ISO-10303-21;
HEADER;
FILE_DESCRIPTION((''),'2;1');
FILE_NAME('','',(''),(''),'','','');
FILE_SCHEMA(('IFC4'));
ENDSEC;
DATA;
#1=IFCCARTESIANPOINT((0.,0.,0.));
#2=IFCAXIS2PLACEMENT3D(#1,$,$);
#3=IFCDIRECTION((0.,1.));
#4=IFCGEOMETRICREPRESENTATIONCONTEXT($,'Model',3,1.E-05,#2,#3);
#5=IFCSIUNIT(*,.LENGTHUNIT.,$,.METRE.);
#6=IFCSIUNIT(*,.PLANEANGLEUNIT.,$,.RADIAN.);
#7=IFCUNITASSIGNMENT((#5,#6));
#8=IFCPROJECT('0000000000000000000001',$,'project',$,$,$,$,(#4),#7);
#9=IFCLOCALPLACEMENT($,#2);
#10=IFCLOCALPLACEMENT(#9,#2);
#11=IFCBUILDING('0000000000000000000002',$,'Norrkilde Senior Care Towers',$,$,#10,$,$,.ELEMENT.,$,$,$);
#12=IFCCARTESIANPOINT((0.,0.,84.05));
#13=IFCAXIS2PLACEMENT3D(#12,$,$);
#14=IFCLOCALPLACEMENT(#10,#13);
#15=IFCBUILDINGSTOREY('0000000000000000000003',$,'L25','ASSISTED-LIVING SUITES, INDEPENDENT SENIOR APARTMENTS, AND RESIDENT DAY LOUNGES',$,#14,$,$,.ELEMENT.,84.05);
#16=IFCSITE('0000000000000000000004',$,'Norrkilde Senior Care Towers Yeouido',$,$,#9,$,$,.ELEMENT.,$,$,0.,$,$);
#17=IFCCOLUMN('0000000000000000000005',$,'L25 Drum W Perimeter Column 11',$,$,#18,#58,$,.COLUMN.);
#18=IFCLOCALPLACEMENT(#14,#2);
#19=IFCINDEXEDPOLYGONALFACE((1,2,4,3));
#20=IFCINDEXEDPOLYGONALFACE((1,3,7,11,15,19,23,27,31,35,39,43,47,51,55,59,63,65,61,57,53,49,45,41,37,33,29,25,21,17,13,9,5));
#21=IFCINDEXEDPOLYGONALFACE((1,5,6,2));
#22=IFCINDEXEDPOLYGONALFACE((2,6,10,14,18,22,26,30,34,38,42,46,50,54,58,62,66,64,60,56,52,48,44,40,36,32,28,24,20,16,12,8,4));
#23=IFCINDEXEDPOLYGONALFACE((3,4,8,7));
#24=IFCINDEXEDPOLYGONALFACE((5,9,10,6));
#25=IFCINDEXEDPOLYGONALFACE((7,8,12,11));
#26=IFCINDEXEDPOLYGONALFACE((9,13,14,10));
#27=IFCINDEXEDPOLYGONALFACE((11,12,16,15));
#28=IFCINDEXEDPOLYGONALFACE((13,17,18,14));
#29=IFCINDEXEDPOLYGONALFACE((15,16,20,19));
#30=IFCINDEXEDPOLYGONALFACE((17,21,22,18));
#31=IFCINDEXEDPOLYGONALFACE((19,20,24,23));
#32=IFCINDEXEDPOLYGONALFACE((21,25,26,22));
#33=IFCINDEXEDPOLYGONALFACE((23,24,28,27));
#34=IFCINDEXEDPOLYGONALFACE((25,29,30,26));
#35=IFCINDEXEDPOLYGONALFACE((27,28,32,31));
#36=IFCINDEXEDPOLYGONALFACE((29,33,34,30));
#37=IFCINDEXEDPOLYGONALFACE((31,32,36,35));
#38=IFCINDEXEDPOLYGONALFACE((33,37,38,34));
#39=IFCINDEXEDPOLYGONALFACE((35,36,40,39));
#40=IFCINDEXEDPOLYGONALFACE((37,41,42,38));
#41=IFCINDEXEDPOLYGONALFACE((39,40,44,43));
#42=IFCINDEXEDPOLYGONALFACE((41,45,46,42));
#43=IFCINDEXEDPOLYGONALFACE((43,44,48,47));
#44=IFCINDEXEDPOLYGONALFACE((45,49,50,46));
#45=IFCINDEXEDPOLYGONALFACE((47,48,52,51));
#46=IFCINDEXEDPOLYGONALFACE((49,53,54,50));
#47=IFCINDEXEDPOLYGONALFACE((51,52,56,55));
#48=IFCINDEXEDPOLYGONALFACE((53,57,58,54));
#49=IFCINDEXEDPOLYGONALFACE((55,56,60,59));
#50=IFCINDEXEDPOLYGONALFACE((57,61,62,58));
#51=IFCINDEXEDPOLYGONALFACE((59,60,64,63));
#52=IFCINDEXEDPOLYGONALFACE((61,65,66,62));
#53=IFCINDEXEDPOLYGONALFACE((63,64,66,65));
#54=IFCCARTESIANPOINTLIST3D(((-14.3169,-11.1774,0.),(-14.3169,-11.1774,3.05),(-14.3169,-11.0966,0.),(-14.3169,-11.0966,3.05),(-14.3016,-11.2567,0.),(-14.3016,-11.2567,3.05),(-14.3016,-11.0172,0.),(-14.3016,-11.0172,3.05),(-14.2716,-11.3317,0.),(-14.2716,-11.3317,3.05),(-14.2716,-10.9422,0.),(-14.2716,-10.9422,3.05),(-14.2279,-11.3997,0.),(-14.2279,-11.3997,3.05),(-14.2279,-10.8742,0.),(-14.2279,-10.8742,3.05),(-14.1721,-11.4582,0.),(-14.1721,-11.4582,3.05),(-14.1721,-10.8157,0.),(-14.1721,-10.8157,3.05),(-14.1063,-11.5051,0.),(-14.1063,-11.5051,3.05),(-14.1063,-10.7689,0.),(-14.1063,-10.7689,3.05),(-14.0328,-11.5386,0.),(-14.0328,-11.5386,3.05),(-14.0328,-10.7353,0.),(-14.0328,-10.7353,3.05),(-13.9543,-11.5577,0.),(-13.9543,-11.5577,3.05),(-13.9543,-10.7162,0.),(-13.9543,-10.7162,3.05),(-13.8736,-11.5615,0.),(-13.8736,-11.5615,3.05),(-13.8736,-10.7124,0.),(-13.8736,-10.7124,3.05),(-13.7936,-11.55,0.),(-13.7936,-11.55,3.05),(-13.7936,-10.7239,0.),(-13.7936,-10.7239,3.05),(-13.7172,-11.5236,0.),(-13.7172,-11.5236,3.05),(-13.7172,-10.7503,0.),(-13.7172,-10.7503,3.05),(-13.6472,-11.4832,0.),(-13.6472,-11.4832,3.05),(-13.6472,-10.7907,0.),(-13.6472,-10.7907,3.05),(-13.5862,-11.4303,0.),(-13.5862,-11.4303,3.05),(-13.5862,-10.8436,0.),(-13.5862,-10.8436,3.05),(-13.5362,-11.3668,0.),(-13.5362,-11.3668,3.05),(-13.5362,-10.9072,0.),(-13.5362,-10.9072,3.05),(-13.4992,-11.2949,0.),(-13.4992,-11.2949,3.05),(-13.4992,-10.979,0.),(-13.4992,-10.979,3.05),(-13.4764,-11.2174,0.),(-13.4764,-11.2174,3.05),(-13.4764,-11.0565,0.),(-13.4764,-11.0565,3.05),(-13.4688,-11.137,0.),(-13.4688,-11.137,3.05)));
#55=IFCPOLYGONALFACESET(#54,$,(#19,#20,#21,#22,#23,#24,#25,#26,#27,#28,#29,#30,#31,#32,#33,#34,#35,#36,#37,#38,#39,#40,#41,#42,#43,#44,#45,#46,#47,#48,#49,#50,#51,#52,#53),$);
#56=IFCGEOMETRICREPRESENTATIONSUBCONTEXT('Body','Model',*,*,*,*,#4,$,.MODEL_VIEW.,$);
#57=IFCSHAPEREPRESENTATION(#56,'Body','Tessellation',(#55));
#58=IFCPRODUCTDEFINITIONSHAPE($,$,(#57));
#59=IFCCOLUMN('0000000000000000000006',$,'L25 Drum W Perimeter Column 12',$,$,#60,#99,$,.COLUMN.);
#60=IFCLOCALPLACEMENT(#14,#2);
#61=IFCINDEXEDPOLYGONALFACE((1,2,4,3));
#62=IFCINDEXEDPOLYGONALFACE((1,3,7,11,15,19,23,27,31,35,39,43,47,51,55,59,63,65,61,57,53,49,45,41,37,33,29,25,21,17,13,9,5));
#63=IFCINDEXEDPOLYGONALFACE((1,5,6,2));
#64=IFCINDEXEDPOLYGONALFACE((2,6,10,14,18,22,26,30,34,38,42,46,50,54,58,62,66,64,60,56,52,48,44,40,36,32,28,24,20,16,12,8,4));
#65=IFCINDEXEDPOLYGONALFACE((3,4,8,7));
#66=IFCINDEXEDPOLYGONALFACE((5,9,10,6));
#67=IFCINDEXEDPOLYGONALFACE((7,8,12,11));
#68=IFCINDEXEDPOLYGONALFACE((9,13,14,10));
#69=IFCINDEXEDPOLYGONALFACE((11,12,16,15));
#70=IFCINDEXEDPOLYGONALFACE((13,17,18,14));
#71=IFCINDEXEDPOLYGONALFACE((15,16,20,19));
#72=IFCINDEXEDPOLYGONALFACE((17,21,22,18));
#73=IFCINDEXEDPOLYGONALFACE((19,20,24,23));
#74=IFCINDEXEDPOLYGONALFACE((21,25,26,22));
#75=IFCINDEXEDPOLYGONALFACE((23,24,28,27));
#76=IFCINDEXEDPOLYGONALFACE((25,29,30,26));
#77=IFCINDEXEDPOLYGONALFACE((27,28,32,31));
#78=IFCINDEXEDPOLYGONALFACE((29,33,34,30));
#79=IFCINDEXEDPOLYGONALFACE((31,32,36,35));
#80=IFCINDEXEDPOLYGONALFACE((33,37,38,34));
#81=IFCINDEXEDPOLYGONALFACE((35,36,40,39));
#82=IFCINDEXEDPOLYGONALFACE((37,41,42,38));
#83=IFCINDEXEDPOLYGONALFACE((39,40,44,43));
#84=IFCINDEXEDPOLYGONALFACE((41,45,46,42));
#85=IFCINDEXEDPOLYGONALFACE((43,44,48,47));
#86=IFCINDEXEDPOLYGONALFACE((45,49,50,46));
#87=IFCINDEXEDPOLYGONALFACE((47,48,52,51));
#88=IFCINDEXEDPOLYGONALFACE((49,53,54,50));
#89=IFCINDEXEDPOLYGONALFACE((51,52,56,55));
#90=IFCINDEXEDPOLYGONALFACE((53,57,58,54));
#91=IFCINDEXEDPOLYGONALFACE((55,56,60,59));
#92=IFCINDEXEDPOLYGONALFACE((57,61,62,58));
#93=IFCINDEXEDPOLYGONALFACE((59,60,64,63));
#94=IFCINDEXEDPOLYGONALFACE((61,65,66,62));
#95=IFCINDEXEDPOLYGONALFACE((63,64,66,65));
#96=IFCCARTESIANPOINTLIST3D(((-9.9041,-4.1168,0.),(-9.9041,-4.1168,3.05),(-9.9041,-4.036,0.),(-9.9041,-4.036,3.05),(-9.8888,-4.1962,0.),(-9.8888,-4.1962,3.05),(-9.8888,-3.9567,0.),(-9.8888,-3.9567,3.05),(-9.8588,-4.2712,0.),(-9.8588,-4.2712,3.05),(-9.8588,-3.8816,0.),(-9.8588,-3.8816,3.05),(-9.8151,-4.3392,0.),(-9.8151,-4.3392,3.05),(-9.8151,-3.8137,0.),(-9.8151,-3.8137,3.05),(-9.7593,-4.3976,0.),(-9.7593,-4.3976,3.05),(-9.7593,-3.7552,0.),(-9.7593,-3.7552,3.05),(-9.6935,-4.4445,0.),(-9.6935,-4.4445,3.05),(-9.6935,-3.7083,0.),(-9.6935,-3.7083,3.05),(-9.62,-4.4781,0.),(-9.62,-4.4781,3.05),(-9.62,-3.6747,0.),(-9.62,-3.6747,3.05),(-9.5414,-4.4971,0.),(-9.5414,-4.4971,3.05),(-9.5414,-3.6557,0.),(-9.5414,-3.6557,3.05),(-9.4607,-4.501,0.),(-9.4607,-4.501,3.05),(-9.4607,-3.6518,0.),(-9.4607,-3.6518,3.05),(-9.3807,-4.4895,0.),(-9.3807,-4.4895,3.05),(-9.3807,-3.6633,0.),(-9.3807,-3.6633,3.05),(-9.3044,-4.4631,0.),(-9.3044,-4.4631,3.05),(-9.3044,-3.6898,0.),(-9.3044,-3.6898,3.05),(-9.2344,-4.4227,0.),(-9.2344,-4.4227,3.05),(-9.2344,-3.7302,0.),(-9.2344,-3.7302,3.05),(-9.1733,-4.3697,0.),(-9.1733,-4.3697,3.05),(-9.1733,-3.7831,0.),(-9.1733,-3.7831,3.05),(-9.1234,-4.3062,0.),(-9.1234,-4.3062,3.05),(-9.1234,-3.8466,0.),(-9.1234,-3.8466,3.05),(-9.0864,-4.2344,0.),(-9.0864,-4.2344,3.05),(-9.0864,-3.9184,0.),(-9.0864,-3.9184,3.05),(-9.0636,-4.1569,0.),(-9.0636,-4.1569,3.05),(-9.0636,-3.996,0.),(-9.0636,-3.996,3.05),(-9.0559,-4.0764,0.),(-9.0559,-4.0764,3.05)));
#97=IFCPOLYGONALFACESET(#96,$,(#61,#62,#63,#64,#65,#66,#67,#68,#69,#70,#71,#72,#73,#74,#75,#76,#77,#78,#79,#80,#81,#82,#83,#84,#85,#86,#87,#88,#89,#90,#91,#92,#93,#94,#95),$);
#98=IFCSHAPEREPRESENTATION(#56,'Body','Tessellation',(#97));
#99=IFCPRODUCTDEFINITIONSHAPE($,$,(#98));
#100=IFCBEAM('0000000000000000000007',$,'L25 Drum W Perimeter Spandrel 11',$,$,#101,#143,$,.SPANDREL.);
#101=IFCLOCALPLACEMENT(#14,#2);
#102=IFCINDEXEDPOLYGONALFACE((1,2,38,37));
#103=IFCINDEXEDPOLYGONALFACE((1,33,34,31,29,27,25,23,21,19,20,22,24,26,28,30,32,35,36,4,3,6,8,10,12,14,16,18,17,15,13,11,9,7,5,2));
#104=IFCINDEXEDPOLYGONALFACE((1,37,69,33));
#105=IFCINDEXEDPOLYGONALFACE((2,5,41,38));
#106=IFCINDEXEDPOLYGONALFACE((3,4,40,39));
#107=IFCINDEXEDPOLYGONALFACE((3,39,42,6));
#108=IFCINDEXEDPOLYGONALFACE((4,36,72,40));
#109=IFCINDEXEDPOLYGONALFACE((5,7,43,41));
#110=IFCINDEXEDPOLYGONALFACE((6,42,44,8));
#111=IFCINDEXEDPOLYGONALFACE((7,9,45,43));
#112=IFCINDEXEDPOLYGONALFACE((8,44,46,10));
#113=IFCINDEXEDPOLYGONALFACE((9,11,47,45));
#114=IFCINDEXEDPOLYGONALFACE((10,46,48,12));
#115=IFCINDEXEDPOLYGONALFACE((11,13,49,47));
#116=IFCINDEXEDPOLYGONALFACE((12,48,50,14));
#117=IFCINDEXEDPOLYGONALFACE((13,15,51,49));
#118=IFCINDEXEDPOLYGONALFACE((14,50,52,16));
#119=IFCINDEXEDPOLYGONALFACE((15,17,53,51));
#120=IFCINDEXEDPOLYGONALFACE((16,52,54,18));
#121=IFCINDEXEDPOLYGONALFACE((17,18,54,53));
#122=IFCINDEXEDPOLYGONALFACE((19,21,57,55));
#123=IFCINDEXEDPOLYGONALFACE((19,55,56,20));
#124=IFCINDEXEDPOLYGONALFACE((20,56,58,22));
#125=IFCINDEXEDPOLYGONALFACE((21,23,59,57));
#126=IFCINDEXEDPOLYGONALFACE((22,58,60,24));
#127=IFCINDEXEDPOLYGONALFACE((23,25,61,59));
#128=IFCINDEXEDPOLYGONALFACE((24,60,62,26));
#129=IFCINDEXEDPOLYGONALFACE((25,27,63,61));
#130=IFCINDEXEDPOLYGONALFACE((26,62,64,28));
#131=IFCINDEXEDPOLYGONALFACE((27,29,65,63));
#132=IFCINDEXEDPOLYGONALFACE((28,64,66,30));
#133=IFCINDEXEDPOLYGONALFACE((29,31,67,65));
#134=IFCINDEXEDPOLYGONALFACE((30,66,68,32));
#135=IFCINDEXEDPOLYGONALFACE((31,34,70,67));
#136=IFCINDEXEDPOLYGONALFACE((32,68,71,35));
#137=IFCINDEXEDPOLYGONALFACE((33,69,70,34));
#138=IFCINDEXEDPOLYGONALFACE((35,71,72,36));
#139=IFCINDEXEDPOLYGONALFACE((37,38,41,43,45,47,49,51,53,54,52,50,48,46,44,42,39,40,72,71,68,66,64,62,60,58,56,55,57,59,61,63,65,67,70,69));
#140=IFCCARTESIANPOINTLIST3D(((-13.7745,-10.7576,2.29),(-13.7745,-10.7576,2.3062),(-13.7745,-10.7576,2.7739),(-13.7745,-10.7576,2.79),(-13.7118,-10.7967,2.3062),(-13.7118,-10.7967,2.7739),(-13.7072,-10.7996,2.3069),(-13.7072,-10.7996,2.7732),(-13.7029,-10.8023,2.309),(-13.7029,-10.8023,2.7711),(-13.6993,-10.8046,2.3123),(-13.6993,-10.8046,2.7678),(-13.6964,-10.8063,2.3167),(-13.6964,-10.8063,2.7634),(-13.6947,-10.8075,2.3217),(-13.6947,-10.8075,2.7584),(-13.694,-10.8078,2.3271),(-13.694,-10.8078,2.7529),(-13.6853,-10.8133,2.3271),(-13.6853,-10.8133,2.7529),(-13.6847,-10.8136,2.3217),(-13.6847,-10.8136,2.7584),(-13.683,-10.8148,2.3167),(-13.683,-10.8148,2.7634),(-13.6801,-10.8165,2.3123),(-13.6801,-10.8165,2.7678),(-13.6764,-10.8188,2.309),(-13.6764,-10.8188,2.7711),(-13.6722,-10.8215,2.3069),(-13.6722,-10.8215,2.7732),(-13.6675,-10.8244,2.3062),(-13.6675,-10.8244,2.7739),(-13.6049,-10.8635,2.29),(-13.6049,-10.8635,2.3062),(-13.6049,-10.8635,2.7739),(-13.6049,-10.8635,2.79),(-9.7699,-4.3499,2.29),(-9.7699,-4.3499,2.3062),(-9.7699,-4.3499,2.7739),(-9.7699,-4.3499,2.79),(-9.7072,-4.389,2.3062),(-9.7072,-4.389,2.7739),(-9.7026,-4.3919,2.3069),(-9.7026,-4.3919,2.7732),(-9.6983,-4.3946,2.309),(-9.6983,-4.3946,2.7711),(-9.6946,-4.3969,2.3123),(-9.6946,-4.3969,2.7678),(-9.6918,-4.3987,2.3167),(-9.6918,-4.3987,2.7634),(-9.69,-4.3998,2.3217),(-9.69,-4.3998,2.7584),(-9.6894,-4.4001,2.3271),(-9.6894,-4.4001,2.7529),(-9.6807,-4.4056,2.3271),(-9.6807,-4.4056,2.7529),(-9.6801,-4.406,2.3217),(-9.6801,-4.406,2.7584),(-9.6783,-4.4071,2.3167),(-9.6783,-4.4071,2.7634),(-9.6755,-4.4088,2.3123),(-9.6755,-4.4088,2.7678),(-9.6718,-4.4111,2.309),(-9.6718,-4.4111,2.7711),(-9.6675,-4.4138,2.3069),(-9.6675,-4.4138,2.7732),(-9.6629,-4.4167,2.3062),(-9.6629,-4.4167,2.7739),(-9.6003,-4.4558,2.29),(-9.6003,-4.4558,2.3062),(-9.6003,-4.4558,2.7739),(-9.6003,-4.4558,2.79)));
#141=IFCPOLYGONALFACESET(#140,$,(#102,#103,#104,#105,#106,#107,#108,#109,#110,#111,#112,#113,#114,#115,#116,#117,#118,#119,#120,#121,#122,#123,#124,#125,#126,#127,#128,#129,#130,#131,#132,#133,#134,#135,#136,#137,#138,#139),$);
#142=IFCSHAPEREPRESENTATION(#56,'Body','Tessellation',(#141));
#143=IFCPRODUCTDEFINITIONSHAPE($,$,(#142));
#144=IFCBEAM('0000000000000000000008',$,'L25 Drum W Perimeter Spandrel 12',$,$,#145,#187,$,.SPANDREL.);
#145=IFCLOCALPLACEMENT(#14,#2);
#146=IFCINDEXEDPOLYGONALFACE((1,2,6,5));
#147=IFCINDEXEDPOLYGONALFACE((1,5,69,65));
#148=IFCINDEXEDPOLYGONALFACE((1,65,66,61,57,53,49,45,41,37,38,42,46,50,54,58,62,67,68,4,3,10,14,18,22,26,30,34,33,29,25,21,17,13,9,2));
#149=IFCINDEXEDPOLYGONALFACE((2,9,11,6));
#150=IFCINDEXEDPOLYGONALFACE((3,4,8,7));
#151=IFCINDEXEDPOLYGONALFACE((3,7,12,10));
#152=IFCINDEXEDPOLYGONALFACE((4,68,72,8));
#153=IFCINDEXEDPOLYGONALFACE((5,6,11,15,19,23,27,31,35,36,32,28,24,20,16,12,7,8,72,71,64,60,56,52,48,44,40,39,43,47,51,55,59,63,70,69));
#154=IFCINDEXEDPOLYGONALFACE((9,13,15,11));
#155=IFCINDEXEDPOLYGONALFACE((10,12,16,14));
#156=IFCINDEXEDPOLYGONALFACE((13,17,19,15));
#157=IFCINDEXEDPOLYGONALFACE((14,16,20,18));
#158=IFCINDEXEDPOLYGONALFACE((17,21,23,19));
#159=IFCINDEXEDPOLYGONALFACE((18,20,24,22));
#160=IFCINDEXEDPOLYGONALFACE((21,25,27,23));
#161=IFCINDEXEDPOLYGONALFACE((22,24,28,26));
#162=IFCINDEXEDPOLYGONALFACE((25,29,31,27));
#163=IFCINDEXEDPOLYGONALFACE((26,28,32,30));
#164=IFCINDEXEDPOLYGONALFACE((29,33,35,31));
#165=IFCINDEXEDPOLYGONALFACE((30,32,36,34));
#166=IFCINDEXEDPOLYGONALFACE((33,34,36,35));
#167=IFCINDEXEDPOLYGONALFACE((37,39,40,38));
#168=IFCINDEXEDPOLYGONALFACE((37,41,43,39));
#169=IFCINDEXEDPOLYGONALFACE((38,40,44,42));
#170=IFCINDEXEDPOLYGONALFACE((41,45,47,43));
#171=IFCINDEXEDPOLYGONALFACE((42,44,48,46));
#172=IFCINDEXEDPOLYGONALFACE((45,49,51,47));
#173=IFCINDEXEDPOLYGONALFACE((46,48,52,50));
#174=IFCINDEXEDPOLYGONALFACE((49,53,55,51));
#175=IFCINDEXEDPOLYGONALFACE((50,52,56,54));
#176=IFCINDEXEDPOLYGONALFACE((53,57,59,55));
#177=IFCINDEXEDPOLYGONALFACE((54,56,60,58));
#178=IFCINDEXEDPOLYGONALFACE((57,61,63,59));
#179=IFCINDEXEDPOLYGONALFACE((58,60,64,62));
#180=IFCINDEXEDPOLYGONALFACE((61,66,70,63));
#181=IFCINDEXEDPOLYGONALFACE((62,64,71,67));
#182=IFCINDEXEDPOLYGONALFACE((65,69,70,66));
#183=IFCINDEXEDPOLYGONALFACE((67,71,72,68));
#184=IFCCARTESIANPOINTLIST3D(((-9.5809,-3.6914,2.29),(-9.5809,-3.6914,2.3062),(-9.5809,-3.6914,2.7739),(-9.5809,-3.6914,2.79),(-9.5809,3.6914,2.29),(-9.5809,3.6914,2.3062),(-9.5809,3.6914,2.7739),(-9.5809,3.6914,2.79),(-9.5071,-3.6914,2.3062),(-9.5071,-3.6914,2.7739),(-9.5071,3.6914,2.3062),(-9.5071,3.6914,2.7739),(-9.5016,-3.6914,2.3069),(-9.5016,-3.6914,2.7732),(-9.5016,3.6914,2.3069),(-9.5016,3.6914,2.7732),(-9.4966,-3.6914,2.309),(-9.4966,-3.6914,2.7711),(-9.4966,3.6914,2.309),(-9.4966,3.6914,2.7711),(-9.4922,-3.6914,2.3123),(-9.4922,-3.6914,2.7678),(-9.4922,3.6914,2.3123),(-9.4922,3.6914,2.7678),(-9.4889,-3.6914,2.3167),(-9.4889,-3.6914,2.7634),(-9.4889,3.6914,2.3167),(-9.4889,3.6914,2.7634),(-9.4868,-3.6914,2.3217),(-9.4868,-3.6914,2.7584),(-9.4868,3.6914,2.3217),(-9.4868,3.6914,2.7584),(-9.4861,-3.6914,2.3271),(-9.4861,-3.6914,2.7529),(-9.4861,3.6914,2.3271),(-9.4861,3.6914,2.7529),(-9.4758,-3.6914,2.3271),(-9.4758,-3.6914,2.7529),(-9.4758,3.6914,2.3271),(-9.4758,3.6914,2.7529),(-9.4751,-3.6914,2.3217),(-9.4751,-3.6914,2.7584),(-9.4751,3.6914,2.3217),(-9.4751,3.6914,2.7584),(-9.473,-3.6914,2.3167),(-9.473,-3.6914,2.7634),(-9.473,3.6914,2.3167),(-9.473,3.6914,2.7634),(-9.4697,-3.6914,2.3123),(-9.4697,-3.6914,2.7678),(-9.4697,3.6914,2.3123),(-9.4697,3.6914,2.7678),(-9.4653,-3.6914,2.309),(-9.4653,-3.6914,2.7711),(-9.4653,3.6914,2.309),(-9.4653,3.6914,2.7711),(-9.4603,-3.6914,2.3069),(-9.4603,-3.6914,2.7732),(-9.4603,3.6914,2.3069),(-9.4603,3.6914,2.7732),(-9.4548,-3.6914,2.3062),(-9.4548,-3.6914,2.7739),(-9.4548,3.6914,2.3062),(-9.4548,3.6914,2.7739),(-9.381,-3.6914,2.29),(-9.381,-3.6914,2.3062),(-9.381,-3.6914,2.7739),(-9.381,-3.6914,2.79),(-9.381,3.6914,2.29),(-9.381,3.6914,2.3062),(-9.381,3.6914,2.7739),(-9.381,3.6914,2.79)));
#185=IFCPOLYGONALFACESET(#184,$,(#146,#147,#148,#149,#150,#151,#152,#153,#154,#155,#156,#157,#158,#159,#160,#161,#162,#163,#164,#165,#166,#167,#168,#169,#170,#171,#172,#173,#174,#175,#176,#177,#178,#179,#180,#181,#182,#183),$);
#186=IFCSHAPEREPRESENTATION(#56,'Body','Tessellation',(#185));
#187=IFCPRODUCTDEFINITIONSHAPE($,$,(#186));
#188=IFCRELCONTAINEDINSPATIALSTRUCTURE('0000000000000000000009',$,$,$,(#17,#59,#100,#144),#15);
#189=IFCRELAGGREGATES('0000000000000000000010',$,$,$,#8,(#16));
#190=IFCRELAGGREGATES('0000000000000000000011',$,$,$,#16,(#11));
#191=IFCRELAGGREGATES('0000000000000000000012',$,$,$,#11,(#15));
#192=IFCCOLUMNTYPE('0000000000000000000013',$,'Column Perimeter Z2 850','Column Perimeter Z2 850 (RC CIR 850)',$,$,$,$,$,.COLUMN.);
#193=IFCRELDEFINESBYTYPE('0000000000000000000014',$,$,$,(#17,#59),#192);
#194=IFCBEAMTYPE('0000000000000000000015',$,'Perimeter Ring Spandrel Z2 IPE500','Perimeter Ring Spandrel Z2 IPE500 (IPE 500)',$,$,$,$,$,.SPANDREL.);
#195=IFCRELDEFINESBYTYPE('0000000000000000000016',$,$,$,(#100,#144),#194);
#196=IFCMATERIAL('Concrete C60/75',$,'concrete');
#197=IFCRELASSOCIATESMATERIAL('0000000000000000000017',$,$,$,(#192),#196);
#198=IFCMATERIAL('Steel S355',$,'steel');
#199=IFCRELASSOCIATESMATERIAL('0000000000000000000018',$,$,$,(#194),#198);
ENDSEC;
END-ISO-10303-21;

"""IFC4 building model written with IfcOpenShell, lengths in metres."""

from ifc_helpers import new_model, si_unit, direction, frame, origin, origin_2d, place, context, subcontext, project, spatial, circle, i_section, extrude, source, transform, mapped, material, material_profile, profile_set, type_object, type_shapes, element, save


model = new_model("IFC4")

# Units and contexts
model_context = context("Model", 3, precision=1e-05, world=origin(), true_north=direction((0.0, 1.0)))
body_context = subcontext(model_context, "Body", "Model", "MODEL_VIEW")
ifc_project = project(units=[si_unit("LENGTHUNIT", "METRE"), si_unit("PLANEANGLEUNIT", "RADIAN")], contexts=[model_context])

# Site, building, storey
site_placement = place(None, origin())
site = spatial("IfcSite", under=ifc_project, at=site_placement, Name="Norrkilde Senior Care Towers Yeouido", CompositionType="ELEMENT", RefElevation=0.0)
building_placement = place(site_placement, origin())
building = spatial("IfcBuilding", under=site, at=building_placement, Name="Norrkilde Senior Care Towers", CompositionType="ELEMENT")
storey_placement = place(building_placement, frame((0.0, 0.0, 84.05)))
storey = spatial("IfcBuildingStorey", under=building, at=storey_placement, Name="L25", Description="ASSISTED-LIVING SUITES, INDEPENDENT SENIOR APARTMENTS, AND RESIDENT DAY LOUNGES", CompositionType="ELEMENT", Elevation=84.05)

# Columns
ifc_material_1 = material(Name="Concrete C60/75", Category="concrete")
ifc_material_profile_1 = material_profile(ifc_material_1, circle(Radius=0.425, at=origin_2d()), Name="RC CIR 850")
ifc_profile_set_1 = profile_set([ifc_material_profile_1], Name="Concrete C60/75")
column_type = type_object("IfcColumnType", Name="Column Perimeter Z2 850", Description="Column Perimeter Z2 850 (RC CIR 850)", PredefinedType="COLUMN", material=ifc_profile_set_1)
shared_shape_1 = source(origin(), body_context, "Body", "SweptSolid", [
    extrude(circle(Radius=0.425, at=origin_2d()), origin(), (0.0, 0.0, 1.0), 3.05),
])
type_shapes(column_type, [shared_shape_1])
for number, where, z_axis, x_axis, name in (
    (1, (-13.8938, -11.137, 0.0), (0.0, 0.0, 1.0), (1.0, 0.0, 0.0), "L25 Drum W Perimeter Column 11"),
    (2, (-9.481, -4.0764, 0.0), (0.0, 0.0, 1.0), (1.0, 0.0, 0.0), "L25 Drum W Perimeter Column 12"),
):
    element("IfcColumn", number, at=place(storey_placement, frame(where, z_axis=z_axis, x_axis=x_axis)), inside=storey, type_object=column_type, Name=name, PredefinedType="COLUMN", context=body_context, shape_type="MappedRepresentation", body=[
        mapped(shared_shape_1, transform((0.0, 0.0, 0.0), x_axis=(1.0, 0.0, 0.0), y_axis=(0.0, 1.0, 0.0), z_axis=(0.0, 0.0, 1.0), scale=1.0)),
    ])

# Beams
ifc_material_2 = material(Name="Steel S355", Category="steel")
ifc_material_profile_2 = material_profile(ifc_material_2, i_section(OverallWidth=0.2, OverallDepth=0.5, WebThickness=0.0103, FlangeThickness=0.0161, FilletRadius=0.021, at=origin_2d()), Name="IPE 500")
ifc_profile_set_2 = profile_set([ifc_material_profile_2], Name="Steel S355")
beam_type_1 = type_object("IfcBeamType", Name="Perimeter Ring Spandrel Z2 IPE500", Description="Perimeter Ring Spandrel Z2 IPE500 (IPE 500)", PredefinedType="SPANDREL", material=ifc_profile_set_2)
shared_shape_2 = source(origin(), body_context, "Body", "SweptSolid", [
    extrude(i_section(OverallWidth=0.2, OverallDepth=0.5, WebThickness=0.0103, FlangeThickness=0.0161, FilletRadius=0.021, at=origin_2d()), origin(), (0.0, 0.0, 1.0), 7.5562),
])
beam_1_placement = place(storey_placement, frame((-13.6897, -10.8105, 2.54), z_axis=(0.529982, 0.848009, 0.0), x_axis=(-0.848009, 0.529982, 0.0)))
element("IfcBeam", 3, at=beam_1_placement, inside=storey, type_object=beam_type_1, Name="L25 Drum W Perimeter Spandrel 11", PredefinedType="SPANDREL", context=body_context, shape_type="MappedRepresentation", body=[
    mapped(shared_shape_2, transform((0.0, 0.0, 0.0), x_axis=(1.0, 0.0, 0.0), y_axis=(0.0, 1.0, 0.0), z_axis=(0.0, 0.0, 1.0), scale=1.0)),
])
shared_shape_3 = source(origin(), body_context, "Body", "SweptSolid", [
    extrude(i_section(OverallWidth=0.2, OverallDepth=0.5, WebThickness=0.0103, FlangeThickness=0.0161, FilletRadius=0.021, at=origin_2d()), origin(), (0.0, 0.0, 1.0), 7.3828),
])
type_shapes(beam_type_1, [shared_shape_2, shared_shape_3])
beam_2_placement = place(storey_placement, frame((-9.481, -3.6914, 2.54), z_axis=(0.0, 1.0, 0.0), x_axis=(-1.0, 0.0, 0.0)))
element("IfcBeam", 4, at=beam_2_placement, inside=storey, type_object=beam_type_1, Name="L25 Drum W Perimeter Spandrel 12", PredefinedType="SPANDREL", context=body_context, shape_type="MappedRepresentation", body=[
    mapped(shared_shape_3, transform((0.0, 0.0, 0.0), x_axis=(1.0, 0.0, 0.0), y_axis=(0.0, 1.0, 0.0), z_axis=(0.0, 0.0, 1.0), scale=1.0)),
])

save(model, "model.ifc")
